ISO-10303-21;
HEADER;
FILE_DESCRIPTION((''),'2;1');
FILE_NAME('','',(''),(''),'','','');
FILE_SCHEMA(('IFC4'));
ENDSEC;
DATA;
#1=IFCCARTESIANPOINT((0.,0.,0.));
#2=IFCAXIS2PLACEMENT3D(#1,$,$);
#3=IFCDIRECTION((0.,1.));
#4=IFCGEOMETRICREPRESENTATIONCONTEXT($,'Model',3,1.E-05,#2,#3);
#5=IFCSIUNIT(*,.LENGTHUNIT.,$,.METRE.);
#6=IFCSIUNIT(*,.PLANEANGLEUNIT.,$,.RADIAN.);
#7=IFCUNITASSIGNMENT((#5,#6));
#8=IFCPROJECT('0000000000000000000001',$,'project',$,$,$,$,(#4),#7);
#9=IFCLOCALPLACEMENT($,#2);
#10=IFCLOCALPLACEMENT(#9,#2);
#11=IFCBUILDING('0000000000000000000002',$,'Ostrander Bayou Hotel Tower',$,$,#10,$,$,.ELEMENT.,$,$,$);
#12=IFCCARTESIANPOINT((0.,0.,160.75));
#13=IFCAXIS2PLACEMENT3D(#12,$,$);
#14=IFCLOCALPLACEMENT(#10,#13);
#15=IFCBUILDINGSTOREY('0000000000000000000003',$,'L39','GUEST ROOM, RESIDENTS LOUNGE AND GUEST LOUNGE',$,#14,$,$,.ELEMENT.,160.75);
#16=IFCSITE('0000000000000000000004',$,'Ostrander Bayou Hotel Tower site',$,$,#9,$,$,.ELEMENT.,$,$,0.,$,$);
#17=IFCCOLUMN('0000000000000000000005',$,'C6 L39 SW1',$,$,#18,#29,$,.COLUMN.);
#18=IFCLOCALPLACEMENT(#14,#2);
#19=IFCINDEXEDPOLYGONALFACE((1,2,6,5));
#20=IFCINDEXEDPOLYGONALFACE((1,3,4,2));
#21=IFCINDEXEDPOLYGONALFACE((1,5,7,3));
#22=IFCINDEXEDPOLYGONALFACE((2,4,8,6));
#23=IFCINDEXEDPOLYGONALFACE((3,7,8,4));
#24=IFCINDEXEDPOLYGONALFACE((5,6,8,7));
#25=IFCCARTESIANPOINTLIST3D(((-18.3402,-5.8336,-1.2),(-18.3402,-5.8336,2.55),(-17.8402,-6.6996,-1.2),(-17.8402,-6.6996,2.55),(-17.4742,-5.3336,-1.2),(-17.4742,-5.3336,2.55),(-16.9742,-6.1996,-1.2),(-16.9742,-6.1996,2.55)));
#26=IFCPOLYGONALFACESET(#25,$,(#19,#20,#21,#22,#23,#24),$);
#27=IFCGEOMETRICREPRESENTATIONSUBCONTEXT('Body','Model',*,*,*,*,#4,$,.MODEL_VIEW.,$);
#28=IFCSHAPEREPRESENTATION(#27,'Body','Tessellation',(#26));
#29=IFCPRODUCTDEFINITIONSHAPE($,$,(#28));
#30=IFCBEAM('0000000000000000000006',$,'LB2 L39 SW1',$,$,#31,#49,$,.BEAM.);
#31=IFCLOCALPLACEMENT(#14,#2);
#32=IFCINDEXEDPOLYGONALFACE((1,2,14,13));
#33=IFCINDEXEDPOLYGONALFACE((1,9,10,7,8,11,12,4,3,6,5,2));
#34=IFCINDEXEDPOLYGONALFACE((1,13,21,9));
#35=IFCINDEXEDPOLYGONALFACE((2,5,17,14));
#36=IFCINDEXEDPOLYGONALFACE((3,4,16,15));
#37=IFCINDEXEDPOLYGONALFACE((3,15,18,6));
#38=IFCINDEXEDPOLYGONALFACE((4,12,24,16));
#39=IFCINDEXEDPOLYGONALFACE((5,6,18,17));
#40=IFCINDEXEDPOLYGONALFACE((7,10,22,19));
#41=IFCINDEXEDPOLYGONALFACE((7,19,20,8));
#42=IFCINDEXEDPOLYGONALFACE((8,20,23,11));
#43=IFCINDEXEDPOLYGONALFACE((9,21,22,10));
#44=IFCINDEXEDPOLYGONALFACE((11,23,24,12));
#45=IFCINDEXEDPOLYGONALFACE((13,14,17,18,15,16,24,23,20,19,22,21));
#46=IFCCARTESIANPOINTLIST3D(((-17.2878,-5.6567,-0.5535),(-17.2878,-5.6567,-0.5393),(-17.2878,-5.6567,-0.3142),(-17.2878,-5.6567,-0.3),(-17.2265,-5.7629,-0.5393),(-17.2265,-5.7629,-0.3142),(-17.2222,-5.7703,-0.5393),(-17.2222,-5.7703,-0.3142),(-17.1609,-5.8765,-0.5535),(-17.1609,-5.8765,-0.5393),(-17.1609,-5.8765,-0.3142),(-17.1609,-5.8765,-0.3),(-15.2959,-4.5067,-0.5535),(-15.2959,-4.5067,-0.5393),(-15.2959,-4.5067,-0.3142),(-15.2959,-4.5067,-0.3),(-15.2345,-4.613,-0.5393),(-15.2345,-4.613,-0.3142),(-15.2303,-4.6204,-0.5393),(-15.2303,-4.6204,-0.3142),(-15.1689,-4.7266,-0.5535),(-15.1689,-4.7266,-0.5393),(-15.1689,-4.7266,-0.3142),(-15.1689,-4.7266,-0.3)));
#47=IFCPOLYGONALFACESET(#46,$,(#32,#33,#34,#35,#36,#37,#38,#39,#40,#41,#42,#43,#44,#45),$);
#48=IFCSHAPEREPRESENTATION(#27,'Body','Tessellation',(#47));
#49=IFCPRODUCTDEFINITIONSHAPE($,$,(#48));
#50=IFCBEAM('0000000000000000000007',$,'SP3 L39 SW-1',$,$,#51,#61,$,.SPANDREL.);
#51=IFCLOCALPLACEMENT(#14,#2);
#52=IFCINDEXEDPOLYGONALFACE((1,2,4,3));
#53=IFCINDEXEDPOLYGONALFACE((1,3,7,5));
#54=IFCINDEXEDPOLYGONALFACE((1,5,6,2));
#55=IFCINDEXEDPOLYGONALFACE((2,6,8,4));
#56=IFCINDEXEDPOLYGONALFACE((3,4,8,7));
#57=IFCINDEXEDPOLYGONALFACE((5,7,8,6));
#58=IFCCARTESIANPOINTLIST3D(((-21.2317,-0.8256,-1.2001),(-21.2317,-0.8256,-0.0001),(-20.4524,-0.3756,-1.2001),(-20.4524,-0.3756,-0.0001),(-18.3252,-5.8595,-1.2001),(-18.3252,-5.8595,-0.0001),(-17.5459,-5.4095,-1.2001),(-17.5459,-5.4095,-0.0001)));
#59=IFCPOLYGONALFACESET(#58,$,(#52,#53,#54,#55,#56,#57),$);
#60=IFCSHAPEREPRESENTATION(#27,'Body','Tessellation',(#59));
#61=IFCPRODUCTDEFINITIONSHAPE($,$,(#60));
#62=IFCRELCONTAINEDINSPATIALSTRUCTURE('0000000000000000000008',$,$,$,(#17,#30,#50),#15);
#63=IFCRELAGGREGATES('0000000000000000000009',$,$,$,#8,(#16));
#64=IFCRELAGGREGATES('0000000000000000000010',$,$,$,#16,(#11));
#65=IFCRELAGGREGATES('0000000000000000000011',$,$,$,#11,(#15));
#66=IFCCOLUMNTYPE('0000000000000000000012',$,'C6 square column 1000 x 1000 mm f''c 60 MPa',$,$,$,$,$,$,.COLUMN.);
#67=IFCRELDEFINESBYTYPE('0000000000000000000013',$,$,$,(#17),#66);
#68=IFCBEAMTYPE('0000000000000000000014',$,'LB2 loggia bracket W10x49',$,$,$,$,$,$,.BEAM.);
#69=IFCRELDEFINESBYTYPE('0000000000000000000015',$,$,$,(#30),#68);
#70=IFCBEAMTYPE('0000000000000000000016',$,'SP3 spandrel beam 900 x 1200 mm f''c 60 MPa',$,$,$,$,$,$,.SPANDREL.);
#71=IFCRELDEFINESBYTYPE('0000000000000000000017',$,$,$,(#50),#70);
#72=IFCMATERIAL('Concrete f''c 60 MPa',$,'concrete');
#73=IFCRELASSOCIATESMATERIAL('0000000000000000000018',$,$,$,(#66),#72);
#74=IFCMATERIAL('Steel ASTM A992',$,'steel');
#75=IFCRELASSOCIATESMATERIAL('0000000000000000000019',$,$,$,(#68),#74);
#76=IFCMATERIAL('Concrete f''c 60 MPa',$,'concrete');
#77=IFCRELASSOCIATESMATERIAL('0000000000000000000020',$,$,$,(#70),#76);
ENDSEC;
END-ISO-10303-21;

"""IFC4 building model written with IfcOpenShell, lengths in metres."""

from ifc_helpers import new_model, si_unit, direction, frame, origin, origin_2d, place, context, subcontext, project, spatial, rectangle, i_section, extrude, material, material_profile, profile_set, type_object, element, save


model = new_model("IFC4")

# Units and contexts
model_context = context("Model", 3, precision=1e-05, world=origin(), true_north=direction((0.0, 1.0)))
body_context = subcontext(model_context, "Body", "Model", "MODEL_VIEW")
ifc_project = project(units=[si_unit("LENGTHUNIT", "METRE"), si_unit("PLANEANGLEUNIT", "RADIAN")], contexts=[model_context])

# Site, building, storey
site_placement = place(None, origin())
site = spatial("IfcSite", under=ifc_project, at=site_placement, Name="Ostrander Bayou Hotel Tower site", CompositionType="ELEMENT", RefElevation=0.0)
building_placement = place(site_placement, origin())
building = spatial("IfcBuilding", under=site, at=building_placement, Name="Ostrander Bayou Hotel Tower", CompositionType="ELEMENT")
storey_placement = place(building_placement, frame((0.0, 0.0, 160.75)))
storey = spatial("IfcBuildingStorey", under=building, at=storey_placement, Name="L39", Description="GUEST ROOM, RESIDENTS LOUNGE AND GUEST LOUNGE", CompositionType="ELEMENT", Elevation=160.75)

# Column
ifc_material_1 = material(Name="Concrete f'c 60 MPa", Category="concrete")
ifc_material_profile_1 = material_profile(ifc_material_1, rectangle(XDim=1.0, YDim=1.0, at=origin_2d()))
ifc_profile_set_1 = profile_set([ifc_material_profile_1], Name="Concrete f'c 60 MPa")
column_type = type_object("IfcColumnType", Name="C6 square column 1000 x 1000 mm f'c 60 MPa", PredefinedType="COLUMN", material=ifc_profile_set_1)
column_placement = place(storey_placement, frame((-17.6572, -6.0166, -1.2), z_axis=(0.0, 0.0, 1.0), x_axis=(-0.5, 0.866025, 0.0)))
element("IfcColumn", 1, at=column_placement, inside=storey, type_object=column_type, Name="C6 L39 SW1", PredefinedType="COLUMN", context=body_context, shape_type="SweptSolid", body=[
    extrude(rectangle(XDim=1.0, YDim=1.0, at=origin_2d()), origin(), (0.0, 0.0, 1.0), 3.75),
])

# Beams
ifc_material_2 = material(Name="Steel ASTM A992", Category="steel")
ifc_material_profile_2 = material_profile(ifc_material_2, i_section(OverallWidth=0.2539, OverallDepth=0.2534, WebThickness=0.0085, FlangeThickness=0.0142, at=origin_2d()))
ifc_profile_set_2 = profile_set([ifc_material_profile_2], Name="Steel ASTM A992")
beam_type_1 = type_object("IfcBeamType", Name="LB2 loggia bracket W10x49", PredefinedType="BEAM", material=ifc_profile_set_2)
beam_1_placement = place(storey_placement, frame((-17.2244, -5.7666, -0.4268), z_axis=(0.866053, 0.499952, 0.0), x_axis=(-0.499952, 0.866053, 0.0)))
element("IfcBeam", 2, at=beam_1_placement, inside=storey, type_object=beam_type_1, Name="LB2 L39 SW1", PredefinedType="BEAM", context=body_context, shape_type="SweptSolid", body=[
    extrude(i_section(OverallWidth=0.2539, OverallDepth=0.2534, WebThickness=0.0085, FlangeThickness=0.0142, at=origin_2d()), origin(), (0.0, 0.0, 1.0), 2.3),
])
ifc_material_3 = material(Name="Concrete f'c 60 MPa", Category="concrete")
ifc_material_profile_3 = material_profile(ifc_material_3, rectangle(XDim=0.8999, YDim=1.2, at=origin_2d()))
ifc_profile_set_3 = profile_set([ifc_material_profile_3], Name="Concrete f'c 60 MPa")
beam_type_2 = type_object("IfcBeamType", Name="SP3 spandrel beam 900 x 1200 mm f'c 60 MPa", PredefinedType="SPANDREL", material=ifc_profile_set_3)
beam_2_placement = place(storey_placement, frame((-20.842, -0.6006, -0.6001), z_axis=(0.500019, -0.866014, 0.0), x_axis=(0.866014, 0.500019, 0.0)))
element("IfcBeam", 3, at=beam_2_placement, inside=storey, type_object=beam_type_2, Name="SP3 L39 SW-1", PredefinedType="SPANDREL", context=body_context, shape_type="SweptSolid", body=[
    extrude(rectangle(XDim=0.8999, YDim=1.2, at=origin_2d()), origin(), (0.0, 0.0, 1.0), 5.8127),
])

save(model, "model.ifc")
